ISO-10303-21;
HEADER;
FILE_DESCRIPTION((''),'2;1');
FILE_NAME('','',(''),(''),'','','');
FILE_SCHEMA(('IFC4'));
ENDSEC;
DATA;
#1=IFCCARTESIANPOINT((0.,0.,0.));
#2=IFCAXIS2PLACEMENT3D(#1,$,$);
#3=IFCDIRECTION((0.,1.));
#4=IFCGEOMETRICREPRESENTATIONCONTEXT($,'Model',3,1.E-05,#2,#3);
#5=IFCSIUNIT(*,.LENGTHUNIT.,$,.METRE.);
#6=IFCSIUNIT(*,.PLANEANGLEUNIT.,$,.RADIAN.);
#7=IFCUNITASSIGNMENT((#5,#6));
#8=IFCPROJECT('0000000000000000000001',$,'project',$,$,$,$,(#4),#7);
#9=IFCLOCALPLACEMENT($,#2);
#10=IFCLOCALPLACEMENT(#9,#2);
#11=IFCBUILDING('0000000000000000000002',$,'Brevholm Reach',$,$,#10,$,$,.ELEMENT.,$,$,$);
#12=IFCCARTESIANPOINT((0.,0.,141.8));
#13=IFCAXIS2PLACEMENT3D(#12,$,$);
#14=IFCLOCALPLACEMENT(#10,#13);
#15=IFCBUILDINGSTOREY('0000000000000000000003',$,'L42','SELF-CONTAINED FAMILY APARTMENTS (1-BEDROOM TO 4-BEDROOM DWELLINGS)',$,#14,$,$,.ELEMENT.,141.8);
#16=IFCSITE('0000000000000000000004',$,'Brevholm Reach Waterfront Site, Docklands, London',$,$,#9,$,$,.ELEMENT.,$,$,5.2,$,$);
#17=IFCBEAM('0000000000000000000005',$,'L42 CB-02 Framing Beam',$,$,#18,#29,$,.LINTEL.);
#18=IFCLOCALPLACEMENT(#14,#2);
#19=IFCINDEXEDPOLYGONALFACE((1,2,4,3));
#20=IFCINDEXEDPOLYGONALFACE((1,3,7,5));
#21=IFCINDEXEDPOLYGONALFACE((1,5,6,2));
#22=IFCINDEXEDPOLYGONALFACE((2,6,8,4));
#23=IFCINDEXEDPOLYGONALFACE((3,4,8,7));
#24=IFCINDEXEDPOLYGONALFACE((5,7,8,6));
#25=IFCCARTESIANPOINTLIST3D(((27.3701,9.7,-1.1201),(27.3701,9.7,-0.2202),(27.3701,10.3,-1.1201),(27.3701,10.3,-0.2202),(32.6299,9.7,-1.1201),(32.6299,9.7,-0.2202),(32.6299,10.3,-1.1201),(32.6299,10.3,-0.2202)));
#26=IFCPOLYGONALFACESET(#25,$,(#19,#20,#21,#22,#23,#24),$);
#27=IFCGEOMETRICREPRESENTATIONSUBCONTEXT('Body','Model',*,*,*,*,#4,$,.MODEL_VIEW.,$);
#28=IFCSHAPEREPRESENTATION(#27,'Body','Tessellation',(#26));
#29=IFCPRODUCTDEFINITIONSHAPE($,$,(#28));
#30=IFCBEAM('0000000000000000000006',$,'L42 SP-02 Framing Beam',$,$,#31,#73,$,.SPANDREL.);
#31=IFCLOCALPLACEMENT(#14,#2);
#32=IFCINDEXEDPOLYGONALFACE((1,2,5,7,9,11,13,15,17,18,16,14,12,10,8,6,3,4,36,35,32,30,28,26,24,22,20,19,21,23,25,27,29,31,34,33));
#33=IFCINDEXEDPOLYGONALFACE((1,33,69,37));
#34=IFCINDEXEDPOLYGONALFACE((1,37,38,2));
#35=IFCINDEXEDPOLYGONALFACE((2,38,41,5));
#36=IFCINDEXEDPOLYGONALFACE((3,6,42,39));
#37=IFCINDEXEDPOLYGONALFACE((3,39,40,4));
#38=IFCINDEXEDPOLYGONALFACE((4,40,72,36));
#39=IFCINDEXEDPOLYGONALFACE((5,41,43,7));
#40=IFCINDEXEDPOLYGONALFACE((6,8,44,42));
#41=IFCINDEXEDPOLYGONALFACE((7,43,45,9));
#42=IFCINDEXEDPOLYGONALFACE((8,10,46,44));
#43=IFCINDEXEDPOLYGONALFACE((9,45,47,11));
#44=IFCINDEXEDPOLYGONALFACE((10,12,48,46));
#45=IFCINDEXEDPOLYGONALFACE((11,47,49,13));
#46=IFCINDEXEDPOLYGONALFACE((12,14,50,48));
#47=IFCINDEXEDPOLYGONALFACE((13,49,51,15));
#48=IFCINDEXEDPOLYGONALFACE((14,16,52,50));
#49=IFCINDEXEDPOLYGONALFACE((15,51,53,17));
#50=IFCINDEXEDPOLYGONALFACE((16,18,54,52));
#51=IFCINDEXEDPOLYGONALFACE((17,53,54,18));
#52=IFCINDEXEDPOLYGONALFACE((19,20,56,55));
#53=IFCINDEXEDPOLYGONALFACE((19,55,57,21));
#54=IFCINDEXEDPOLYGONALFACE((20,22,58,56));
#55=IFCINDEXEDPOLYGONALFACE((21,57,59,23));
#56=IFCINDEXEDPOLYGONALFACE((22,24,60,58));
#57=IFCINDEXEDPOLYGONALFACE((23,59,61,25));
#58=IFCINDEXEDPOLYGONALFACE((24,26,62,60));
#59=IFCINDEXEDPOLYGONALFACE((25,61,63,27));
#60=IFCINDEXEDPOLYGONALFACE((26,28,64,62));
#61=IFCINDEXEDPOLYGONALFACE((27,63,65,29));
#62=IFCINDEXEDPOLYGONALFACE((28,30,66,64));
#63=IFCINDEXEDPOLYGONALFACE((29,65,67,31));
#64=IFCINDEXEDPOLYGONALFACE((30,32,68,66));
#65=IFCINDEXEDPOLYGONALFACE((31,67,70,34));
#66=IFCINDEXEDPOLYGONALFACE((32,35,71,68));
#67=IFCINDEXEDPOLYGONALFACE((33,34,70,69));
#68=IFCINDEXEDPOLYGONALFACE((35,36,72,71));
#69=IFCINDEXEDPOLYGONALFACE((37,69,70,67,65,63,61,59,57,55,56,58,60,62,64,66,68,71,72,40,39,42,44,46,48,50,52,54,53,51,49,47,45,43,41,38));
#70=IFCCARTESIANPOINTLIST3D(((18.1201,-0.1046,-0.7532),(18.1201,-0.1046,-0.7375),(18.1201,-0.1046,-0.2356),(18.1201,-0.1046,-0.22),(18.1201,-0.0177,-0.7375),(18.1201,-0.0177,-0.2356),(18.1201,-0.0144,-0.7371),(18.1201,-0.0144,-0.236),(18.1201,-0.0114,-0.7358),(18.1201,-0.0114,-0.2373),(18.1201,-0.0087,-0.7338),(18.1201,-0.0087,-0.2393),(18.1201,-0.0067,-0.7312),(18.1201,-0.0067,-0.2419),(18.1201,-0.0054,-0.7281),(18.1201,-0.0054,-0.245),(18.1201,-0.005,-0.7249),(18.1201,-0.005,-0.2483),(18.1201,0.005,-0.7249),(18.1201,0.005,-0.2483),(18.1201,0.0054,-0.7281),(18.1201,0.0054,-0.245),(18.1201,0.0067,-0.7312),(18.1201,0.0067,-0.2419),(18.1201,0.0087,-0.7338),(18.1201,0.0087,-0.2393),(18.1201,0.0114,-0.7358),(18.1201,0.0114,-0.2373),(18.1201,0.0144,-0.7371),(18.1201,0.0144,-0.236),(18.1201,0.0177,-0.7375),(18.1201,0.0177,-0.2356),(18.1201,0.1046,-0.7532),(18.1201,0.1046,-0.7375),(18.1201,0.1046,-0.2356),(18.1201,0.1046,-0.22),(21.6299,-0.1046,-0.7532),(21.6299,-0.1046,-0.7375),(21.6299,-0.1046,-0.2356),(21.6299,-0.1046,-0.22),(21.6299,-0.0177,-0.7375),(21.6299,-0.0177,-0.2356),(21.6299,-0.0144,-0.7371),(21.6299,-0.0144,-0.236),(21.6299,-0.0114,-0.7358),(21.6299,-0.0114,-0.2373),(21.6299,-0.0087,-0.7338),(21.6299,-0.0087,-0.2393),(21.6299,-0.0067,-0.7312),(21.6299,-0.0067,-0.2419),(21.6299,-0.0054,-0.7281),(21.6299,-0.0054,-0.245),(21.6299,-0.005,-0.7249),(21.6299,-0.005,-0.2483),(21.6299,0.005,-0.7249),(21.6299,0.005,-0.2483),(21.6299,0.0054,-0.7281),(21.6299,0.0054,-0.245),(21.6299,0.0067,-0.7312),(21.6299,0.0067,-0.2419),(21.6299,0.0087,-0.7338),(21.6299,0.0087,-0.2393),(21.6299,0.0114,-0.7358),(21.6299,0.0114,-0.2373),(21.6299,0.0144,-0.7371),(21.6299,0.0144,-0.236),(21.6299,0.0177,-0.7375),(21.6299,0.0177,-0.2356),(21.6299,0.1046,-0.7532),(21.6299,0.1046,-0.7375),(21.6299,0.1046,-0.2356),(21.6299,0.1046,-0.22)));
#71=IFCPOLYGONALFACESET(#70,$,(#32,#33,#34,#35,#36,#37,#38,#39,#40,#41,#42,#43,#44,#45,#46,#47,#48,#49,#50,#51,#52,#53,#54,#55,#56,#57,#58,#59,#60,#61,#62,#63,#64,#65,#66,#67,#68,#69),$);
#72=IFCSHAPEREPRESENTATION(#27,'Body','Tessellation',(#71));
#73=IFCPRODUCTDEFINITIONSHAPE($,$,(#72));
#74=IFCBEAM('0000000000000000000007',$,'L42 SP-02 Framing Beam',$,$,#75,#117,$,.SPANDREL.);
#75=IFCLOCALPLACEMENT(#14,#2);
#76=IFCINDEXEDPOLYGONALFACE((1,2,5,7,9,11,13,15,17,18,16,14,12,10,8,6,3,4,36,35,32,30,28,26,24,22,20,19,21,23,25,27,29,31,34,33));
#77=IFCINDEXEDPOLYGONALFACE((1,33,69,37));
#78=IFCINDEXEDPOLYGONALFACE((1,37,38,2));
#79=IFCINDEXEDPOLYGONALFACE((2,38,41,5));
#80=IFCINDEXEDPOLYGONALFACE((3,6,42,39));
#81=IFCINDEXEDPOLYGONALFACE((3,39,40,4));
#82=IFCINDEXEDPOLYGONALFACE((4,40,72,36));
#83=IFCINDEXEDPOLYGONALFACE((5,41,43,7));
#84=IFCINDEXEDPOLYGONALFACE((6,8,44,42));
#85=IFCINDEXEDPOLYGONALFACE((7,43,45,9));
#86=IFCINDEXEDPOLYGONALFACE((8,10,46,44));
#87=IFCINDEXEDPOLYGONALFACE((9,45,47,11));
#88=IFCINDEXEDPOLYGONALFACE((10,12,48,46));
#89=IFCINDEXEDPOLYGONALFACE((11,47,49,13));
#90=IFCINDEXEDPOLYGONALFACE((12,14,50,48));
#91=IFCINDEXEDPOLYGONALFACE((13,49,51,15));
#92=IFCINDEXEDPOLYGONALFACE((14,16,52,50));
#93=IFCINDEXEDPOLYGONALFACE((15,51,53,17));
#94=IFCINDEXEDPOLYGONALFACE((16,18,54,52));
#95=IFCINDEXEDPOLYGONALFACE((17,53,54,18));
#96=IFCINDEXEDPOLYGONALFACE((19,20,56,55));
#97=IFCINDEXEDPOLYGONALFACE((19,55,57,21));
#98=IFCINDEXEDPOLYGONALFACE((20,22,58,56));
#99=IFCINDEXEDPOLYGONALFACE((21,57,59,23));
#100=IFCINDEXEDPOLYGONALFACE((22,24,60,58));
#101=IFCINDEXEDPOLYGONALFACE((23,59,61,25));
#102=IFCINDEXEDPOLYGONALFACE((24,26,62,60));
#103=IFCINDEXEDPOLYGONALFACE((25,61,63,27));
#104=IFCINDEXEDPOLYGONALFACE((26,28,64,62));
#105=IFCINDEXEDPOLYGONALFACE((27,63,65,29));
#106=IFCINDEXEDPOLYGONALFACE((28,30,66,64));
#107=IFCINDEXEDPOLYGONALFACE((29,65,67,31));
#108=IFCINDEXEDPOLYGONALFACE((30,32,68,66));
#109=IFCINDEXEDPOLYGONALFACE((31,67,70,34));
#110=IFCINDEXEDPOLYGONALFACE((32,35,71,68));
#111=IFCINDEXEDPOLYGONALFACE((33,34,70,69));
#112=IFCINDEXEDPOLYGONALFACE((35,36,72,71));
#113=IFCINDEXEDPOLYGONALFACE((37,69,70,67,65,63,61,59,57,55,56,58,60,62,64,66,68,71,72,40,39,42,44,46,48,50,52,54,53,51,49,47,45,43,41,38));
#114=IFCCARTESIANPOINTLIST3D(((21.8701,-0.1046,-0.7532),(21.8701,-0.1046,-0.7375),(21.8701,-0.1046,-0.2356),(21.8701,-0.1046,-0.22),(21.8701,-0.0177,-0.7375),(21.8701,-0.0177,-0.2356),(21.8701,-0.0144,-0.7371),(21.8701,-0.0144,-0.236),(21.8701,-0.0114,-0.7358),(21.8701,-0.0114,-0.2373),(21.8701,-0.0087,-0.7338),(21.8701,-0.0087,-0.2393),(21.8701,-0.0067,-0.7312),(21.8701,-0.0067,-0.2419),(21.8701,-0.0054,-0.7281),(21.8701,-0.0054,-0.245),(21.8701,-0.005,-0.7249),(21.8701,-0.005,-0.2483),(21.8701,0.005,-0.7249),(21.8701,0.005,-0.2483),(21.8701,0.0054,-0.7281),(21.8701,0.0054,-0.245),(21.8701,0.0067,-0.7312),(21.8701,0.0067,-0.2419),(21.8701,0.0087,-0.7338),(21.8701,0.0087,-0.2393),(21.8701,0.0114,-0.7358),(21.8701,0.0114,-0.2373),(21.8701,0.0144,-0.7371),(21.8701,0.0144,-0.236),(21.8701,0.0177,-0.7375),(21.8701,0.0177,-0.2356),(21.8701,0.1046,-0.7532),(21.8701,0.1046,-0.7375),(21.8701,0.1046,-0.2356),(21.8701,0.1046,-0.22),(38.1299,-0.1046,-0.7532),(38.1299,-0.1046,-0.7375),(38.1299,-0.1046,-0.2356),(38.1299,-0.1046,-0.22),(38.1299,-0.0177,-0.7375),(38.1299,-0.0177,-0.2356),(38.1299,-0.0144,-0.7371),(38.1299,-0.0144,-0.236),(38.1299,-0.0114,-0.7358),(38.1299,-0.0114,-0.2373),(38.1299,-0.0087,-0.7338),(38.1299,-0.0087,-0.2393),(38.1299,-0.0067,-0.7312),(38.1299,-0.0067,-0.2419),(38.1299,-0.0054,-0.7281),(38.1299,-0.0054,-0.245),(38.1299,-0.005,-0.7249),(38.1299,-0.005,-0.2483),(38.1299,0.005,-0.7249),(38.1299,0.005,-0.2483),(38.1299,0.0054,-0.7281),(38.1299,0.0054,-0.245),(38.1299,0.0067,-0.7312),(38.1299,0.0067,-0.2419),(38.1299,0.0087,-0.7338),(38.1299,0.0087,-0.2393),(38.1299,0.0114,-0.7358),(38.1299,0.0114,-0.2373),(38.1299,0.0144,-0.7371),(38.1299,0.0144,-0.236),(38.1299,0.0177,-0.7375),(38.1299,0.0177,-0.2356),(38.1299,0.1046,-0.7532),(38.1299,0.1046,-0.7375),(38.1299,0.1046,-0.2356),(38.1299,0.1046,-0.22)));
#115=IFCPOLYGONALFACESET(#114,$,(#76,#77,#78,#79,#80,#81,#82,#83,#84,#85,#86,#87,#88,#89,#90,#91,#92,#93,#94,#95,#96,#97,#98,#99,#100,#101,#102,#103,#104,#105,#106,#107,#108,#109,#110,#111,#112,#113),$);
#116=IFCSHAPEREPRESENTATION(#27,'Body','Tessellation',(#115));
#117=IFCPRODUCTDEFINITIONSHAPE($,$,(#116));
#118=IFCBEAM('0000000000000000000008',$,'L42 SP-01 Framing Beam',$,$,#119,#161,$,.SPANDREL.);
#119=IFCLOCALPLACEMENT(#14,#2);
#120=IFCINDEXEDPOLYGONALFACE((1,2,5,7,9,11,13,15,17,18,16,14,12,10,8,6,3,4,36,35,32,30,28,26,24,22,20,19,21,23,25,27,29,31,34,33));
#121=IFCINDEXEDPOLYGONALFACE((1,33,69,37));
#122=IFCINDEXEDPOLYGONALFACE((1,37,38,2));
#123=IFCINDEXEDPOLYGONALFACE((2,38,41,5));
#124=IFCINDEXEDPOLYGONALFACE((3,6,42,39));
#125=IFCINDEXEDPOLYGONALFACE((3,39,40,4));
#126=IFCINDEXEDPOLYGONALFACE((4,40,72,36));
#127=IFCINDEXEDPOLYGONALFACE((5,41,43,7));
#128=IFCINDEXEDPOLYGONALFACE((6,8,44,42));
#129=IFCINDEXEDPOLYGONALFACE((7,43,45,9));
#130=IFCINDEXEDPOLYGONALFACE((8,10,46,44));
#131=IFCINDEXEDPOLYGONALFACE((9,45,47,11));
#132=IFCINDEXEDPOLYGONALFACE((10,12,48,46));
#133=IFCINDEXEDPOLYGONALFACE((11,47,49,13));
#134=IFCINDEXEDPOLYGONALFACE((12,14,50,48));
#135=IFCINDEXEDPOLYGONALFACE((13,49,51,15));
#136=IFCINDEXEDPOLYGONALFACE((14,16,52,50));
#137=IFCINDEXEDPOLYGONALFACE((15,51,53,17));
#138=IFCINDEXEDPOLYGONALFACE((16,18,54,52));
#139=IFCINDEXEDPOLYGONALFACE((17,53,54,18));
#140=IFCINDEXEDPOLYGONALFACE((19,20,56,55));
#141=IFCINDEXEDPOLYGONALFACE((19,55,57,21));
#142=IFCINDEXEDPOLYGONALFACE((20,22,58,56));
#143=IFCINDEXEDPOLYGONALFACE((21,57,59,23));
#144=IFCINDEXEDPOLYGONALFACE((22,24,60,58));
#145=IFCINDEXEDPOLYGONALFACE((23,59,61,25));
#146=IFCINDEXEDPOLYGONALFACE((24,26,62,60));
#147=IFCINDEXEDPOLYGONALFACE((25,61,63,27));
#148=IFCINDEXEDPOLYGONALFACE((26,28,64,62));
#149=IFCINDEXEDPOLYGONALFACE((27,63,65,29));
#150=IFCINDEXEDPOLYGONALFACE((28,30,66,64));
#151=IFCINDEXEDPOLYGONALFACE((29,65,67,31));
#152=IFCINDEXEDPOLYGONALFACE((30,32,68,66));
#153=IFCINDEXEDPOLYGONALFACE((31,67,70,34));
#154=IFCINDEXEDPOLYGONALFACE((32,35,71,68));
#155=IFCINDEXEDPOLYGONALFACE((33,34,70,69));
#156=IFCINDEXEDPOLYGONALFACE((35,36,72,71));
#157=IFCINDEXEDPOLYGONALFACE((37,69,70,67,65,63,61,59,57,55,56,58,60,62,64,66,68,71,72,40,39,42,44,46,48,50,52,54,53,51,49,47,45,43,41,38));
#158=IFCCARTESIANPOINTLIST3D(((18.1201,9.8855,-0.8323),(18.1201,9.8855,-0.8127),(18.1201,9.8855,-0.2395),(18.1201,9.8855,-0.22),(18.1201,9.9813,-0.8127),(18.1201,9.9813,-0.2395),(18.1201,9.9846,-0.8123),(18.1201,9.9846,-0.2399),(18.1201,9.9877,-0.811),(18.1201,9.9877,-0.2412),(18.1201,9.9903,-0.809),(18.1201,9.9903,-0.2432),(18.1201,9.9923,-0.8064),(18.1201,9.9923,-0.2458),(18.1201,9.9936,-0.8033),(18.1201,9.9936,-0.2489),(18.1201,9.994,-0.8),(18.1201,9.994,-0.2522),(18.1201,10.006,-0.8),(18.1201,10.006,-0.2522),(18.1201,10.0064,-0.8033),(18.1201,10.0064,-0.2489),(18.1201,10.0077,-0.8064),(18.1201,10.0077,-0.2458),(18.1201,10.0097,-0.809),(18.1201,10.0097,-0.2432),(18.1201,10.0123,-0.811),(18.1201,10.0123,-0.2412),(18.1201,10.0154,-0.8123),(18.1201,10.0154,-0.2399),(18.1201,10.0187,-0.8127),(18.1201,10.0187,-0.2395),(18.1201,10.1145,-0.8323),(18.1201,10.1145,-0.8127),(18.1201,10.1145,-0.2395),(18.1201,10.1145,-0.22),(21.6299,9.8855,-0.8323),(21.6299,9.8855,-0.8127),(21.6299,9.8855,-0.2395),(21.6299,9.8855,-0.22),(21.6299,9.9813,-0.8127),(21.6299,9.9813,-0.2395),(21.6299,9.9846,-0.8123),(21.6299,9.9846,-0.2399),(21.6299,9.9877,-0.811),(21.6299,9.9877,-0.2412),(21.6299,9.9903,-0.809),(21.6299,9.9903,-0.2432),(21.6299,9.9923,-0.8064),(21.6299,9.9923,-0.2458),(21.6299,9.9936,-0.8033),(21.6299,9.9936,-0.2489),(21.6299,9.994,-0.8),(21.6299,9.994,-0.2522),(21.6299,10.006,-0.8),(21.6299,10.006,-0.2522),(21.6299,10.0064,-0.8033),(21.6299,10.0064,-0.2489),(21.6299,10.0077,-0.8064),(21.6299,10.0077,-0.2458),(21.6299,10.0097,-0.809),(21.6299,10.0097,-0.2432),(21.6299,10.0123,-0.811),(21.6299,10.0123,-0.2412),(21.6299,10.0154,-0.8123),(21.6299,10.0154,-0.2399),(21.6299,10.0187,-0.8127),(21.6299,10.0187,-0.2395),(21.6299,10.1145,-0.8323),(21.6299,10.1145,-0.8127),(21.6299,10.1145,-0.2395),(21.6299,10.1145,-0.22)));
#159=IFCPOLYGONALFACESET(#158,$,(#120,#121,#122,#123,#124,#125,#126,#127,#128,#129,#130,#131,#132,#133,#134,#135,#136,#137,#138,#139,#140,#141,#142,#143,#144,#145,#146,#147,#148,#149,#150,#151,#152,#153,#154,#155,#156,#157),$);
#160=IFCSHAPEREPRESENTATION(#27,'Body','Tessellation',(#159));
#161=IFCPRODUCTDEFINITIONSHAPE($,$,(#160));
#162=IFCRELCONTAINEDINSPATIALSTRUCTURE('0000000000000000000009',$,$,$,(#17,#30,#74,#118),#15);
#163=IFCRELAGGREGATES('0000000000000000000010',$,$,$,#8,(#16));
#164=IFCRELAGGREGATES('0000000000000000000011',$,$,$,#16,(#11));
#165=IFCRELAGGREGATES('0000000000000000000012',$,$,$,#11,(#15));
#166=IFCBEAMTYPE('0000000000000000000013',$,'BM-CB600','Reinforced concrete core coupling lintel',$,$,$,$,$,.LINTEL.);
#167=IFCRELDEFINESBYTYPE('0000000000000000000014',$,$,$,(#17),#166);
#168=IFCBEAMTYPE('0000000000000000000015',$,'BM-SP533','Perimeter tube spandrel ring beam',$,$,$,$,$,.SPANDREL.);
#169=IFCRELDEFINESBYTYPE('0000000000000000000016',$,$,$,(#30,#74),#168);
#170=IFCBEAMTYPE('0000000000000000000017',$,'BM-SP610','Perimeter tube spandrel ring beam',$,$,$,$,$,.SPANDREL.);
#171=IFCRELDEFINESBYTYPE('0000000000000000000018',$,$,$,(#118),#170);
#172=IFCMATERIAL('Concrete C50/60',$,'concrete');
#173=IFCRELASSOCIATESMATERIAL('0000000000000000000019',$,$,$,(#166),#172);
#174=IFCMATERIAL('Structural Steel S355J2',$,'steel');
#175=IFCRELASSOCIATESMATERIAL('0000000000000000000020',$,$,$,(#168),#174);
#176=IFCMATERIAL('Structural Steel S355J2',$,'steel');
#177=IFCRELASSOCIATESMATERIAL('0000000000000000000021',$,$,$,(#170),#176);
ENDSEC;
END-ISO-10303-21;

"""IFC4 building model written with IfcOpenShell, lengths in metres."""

from ifc_helpers import new_model, si_unit, direction, frame, origin, origin_2d, place, context, subcontext, project, spatial, rectangle, i_section, extrude, material, material_profile, profile_set, type_object, element, save


model = new_model("IFC4")

# Units and contexts
model_context = context("Model", 3, precision=1e-05, world=origin(), true_north=direction((0.0, 1.0)))
body_context = subcontext(model_context, "Body", "Model", "MODEL_VIEW")
ifc_project = project(units=[si_unit("LENGTHUNIT", "METRE"), si_unit("PLANEANGLEUNIT", "RADIAN")], contexts=[model_context])

# Site, building, storey
site_placement = place(None, origin())
site = spatial("IfcSite", under=ifc_project, at=site_placement, Name="Brevholm Reach Waterfront Site, Docklands, London", CompositionType="ELEMENT", RefElevation=5.2)
building_placement = place(site_placement, origin())
building = spatial("IfcBuilding", under=site, at=building_placement, Name="Brevholm Reach", CompositionType="ELEMENT")
storey_placement = place(building_placement, frame((0.0, 0.0, 141.8)))
storey = spatial("IfcBuildingStorey", under=building, at=storey_placement, Name="L42", Description="SELF-CONTAINED FAMILY APARTMENTS (1-BEDROOM TO 4-BEDROOM DWELLINGS)", CompositionType="ELEMENT", Elevation=141.8)

# Beams
ifc_material_1 = material(Name="Concrete C50/60", Category="concrete")
ifc_material_profile_1 = material_profile(ifc_material_1, rectangle(XDim=0.6001, YDim=0.8999, at=origin_2d()), Name="RC 600x900")
ifc_profile_set_1 = profile_set([ifc_material_profile_1], Name="Concrete C50/60")
beam_type_1 = type_object("IfcBeamType", Name="BM-CB600", Description="Reinforced concrete core coupling lintel", PredefinedType="LINTEL", material=ifc_profile_set_1)
beam_1_placement = place(storey_placement, frame((27.3701, 10.0, -0.6702), z_axis=(1.0, 0.0, 0.0), x_axis=(0.0, 1.0, 0.0)))
element("IfcBeam", 1, at=beam_1_placement, inside=storey, type_object=beam_type_1, Name="L42 CB-02 Framing Beam", PredefinedType="LINTEL", context=body_context, shape_type="SweptSolid", body=[
    extrude(rectangle(XDim=0.6001, YDim=0.8999, at=origin_2d()), origin(), (0.0, 0.0, 1.0), 5.2598),
])
ifc_material_2 = material(Name="Structural Steel S355J2", Category="steel")
ifc_material_profile_2 = material_profile(ifc_material_2, i_section(OverallWidth=0.2092, OverallDepth=0.5332, WebThickness=0.01, FlangeThickness=0.0156, FilletRadius=0.0127, at=origin_2d()), Name="UKB 533x210x92")
ifc_profile_set_2 = profile_set([ifc_material_profile_2], Name="Structural Steel S355J2")
beam_type_2 = type_object("IfcBeamType", Name="BM-SP533", Description="Perimeter tube spandrel ring beam", PredefinedType="SPANDREL", material=ifc_profile_set_2)
beam_2_placement = place(storey_placement, frame((18.1201, 0.0, -0.4866), z_axis=(1.0, 0.0, 0.0), x_axis=(0.0, 1.0, 0.0)))
element("IfcBeam", 2, at=beam_2_placement, inside=storey, type_object=beam_type_2, Name="L42 SP-02 Framing Beam", PredefinedType="SPANDREL", context=body_context, shape_type="SweptSolid", body=[
    extrude(i_section(OverallWidth=0.2092, OverallDepth=0.5332, WebThickness=0.01, FlangeThickness=0.0156, FilletRadius=0.0127, at=origin_2d()), origin(), (0.0, 0.0, 1.0), 3.5098),
])
beam_3_placement = place(storey_placement, frame((21.8701, 0.0, -0.4866), z_axis=(1.0, 0.0, 0.0), x_axis=(0.0, 1.0, 0.0)))
element("IfcBeam", 3, at=beam_3_placement, inside=storey, type_object=beam_type_2, Name="L42 SP-02 Framing Beam", PredefinedType="SPANDREL", context=body_context, shape_type="SweptSolid", body=[
    extrude(i_section(OverallWidth=0.2092, OverallDepth=0.5332, WebThickness=0.01, FlangeThickness=0.0156, FilletRadius=0.0127, at=origin_2d()), origin(), (0.0, 0.0, 1.0), 16.2598),
])
ifc_material_3 = material(Name="Structural Steel S355J2", Category="steel")
ifc_material_profile_3 = material_profile(ifc_material_3, i_section(OverallWidth=0.229, OverallDepth=0.6123, WebThickness=0.012, FlangeThickness=0.0195, FilletRadius=0.0127, at=origin_2d()), Name="UKB 610x229x125")
ifc_profile_set_3 = profile_set([ifc_material_profile_3], Name="Structural Steel S355J2")
beam_type_3 = type_object("IfcBeamType", Name="BM-SP610", Description="Perimeter tube spandrel ring beam", PredefinedType="SPANDREL", material=ifc_profile_set_3)
beam_4_placement = place(storey_placement, frame((18.1201, 10.0, -0.5261), z_axis=(1.0, 0.0, 0.0), x_axis=(0.0, 1.0, 0.0)))
element("IfcBeam", 4, at=beam_4_placement, inside=storey, type_object=beam_type_3, Name="L42 SP-01 Framing Beam", PredefinedType="SPANDREL", context=body_context, shape_type="SweptSolid", body=[
    extrude(i_section(OverallWidth=0.229, OverallDepth=0.6123, WebThickness=0.012, FlangeThickness=0.0195, FilletRadius=0.0127, at=origin_2d()), origin(), (0.0, 0.0, 1.0), 3.5098),
])

save(model, "model.ifc")
